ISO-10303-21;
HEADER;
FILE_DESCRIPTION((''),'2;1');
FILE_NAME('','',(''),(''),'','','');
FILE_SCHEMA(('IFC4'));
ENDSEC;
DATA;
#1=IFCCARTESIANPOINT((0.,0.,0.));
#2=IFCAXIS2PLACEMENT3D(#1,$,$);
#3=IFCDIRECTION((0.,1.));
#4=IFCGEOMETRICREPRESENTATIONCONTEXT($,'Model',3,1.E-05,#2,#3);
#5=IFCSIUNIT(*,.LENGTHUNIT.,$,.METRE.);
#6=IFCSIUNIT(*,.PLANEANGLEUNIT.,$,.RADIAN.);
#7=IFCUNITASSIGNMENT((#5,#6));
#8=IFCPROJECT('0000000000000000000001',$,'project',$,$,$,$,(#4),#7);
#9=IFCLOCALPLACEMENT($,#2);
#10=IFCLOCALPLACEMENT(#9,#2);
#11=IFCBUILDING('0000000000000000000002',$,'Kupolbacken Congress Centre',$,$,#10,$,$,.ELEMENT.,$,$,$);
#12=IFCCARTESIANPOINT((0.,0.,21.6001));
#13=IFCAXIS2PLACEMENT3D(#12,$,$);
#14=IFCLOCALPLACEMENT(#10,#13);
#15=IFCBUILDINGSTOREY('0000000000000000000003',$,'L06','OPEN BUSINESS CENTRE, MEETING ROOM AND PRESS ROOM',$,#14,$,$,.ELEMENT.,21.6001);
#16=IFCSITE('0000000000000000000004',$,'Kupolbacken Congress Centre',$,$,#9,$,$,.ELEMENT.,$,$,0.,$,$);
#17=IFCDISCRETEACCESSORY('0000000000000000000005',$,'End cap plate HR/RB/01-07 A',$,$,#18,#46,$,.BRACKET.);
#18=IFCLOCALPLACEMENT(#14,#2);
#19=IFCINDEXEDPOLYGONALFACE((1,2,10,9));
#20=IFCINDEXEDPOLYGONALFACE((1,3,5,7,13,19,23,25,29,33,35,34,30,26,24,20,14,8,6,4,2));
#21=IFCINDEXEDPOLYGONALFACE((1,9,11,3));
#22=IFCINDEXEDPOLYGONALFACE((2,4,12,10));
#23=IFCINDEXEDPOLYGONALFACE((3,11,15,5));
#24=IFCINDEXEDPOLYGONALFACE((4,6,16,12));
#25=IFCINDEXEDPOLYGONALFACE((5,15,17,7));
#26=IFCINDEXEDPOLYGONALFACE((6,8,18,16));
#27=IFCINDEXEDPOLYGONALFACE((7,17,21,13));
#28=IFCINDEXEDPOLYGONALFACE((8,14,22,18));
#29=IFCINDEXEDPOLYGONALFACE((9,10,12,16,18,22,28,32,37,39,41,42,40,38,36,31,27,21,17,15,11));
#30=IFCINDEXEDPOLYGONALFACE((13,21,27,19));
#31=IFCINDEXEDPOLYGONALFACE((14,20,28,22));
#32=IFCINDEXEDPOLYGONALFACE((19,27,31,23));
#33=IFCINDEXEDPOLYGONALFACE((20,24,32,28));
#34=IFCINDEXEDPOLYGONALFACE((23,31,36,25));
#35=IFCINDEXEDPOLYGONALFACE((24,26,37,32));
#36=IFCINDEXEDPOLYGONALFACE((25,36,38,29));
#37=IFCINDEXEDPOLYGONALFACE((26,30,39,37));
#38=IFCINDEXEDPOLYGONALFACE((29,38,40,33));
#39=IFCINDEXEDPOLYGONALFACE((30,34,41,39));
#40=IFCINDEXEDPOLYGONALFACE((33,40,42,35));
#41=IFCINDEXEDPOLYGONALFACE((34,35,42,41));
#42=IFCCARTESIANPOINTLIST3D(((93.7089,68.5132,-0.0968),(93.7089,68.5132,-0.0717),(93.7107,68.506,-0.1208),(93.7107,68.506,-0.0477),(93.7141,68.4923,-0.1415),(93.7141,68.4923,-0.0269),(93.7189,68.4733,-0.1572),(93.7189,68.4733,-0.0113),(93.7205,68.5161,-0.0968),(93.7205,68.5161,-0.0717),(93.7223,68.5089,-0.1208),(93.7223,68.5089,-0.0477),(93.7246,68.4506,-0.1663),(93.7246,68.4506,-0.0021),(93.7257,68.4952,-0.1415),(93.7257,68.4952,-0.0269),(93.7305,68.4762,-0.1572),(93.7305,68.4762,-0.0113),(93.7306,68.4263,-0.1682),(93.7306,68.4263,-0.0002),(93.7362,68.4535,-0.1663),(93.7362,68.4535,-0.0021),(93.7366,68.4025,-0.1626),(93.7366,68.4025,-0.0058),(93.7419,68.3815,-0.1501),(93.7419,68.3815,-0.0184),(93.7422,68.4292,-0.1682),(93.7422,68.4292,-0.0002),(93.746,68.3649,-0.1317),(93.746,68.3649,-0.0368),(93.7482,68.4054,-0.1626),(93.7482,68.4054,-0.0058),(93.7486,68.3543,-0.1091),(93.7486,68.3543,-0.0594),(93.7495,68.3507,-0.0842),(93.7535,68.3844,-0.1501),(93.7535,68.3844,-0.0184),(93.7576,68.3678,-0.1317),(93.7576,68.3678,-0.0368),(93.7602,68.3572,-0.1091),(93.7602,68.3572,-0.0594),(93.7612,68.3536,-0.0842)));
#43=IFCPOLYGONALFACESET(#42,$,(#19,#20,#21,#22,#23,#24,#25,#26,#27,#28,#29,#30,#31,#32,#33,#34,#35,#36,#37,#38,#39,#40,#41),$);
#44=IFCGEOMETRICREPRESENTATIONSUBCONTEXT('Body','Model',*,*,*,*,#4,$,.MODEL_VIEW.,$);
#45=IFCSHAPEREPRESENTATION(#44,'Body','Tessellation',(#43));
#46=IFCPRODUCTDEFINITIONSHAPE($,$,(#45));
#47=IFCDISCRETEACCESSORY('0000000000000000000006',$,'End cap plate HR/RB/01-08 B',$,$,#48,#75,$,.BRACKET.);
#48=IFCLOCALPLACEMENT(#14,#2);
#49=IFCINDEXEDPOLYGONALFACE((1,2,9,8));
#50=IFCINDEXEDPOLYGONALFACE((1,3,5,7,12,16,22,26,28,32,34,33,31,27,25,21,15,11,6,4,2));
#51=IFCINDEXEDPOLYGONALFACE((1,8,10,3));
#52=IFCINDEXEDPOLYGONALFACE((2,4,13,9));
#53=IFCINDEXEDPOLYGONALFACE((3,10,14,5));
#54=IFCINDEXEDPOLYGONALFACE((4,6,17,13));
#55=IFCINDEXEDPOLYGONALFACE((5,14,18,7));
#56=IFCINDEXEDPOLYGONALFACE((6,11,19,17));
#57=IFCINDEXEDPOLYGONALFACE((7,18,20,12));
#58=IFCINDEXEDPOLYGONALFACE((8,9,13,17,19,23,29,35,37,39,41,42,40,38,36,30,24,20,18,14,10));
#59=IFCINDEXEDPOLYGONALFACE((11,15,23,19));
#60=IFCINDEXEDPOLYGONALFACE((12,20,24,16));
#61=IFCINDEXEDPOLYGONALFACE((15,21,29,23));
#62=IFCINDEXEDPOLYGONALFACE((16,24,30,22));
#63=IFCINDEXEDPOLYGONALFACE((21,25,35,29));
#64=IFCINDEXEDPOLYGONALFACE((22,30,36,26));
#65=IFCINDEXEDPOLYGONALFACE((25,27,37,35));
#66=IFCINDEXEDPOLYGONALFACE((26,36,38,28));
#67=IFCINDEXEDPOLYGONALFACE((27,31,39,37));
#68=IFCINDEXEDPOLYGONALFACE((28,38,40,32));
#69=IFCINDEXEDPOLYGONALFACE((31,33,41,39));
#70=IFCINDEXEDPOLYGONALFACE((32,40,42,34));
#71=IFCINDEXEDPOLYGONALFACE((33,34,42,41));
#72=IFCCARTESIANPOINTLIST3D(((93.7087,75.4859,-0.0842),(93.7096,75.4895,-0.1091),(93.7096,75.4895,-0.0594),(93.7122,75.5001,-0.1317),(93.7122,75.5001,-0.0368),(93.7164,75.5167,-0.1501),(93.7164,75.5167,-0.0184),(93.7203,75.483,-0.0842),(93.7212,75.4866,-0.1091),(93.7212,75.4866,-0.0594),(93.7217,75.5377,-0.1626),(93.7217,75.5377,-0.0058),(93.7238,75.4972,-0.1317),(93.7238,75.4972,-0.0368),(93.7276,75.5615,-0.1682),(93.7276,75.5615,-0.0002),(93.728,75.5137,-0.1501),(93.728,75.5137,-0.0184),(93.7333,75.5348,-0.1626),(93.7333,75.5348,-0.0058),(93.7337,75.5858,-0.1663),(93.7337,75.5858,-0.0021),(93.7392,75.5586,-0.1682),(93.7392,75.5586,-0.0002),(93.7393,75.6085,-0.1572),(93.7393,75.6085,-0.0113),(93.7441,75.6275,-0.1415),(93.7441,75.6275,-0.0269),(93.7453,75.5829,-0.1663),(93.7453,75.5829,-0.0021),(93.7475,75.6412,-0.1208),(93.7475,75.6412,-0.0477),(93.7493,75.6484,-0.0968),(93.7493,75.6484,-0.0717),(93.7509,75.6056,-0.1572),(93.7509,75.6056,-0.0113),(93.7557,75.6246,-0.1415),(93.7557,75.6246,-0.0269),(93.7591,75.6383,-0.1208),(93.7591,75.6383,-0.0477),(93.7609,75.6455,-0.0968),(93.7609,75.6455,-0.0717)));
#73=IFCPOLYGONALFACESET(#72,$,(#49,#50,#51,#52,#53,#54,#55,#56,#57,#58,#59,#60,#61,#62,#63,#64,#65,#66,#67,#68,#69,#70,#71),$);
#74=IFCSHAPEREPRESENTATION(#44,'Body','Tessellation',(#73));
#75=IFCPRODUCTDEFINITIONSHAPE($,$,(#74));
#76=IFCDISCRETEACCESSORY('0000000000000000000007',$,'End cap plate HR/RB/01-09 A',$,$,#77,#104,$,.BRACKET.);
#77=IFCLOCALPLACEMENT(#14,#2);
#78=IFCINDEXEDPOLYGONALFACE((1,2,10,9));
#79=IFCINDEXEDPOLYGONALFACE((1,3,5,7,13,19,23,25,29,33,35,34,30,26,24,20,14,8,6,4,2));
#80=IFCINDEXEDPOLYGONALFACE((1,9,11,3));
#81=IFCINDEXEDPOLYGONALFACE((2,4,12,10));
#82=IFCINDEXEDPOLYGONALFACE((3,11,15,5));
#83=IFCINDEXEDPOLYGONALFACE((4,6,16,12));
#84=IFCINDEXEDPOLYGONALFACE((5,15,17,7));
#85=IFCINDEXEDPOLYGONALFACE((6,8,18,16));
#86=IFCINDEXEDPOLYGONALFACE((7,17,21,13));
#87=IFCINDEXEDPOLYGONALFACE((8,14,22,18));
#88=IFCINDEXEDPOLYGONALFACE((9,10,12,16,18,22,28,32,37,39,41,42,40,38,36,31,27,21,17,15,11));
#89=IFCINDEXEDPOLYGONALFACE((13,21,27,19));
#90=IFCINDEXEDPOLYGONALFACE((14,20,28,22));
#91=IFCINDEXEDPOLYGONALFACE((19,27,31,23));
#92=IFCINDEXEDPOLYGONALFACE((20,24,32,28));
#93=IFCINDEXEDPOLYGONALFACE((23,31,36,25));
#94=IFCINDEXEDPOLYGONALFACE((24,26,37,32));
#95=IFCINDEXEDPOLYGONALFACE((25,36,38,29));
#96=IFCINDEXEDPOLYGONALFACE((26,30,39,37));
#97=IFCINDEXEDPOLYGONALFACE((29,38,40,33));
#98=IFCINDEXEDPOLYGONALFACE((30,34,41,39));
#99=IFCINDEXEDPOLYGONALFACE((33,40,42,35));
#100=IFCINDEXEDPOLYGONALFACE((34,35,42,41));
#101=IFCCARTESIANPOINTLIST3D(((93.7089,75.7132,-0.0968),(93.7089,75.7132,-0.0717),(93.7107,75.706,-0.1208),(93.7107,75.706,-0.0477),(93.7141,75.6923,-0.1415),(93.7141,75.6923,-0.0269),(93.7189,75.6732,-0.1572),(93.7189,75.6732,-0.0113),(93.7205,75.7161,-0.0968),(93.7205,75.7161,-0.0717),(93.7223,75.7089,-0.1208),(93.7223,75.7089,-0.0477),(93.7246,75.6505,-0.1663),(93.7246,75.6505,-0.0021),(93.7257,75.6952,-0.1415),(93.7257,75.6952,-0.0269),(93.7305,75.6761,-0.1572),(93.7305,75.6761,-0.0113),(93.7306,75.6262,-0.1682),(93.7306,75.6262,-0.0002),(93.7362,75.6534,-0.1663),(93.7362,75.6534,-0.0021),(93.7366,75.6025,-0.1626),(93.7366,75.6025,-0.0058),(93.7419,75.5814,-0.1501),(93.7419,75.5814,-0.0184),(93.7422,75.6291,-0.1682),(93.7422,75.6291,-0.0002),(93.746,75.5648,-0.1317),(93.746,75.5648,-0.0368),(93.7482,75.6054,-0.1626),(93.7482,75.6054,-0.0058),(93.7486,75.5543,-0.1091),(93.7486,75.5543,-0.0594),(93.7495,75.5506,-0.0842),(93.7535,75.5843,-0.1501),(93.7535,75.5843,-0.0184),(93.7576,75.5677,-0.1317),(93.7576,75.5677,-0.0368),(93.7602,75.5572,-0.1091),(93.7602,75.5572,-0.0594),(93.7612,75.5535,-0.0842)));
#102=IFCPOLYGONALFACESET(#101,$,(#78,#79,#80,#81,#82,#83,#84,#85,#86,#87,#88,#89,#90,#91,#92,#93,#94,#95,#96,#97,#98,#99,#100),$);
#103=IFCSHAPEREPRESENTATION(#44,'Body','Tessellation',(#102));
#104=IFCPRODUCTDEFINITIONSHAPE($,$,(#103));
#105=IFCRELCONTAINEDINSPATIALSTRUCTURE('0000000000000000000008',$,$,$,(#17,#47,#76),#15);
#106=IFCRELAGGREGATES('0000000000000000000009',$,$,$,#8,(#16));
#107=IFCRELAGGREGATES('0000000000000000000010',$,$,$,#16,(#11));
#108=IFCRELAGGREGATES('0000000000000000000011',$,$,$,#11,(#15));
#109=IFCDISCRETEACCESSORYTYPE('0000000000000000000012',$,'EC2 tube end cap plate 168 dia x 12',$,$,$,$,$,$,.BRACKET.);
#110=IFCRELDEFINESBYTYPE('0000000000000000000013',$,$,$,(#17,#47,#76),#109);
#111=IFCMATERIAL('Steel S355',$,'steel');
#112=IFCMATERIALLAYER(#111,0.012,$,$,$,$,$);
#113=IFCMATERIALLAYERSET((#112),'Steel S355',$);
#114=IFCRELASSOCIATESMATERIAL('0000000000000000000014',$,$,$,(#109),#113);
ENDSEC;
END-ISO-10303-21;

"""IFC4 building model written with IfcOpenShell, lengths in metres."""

from ifc_helpers import new_model, si_unit, direction, frame, origin, origin_2d, place, context, subcontext, project, spatial, circle, extrude, material, layer, layer_set, type_object, element, save


model = new_model("IFC4")

# Units and contexts
model_context = context("Model", 3, precision=1e-05, world=origin(), true_north=direction((0.0, 1.0)))
body_context = subcontext(model_context, "Body", "Model", "MODEL_VIEW")
ifc_project = project(units=[si_unit("LENGTHUNIT", "METRE"), si_unit("PLANEANGLEUNIT", "RADIAN")], contexts=[model_context])

# Site, building, storey
site_placement = place(None, origin())
site = spatial("IfcSite", under=ifc_project, at=site_placement, Name="Kupolbacken Congress Centre", CompositionType="ELEMENT", RefElevation=0.0)
building_placement = place(site_placement, origin())
building = spatial("IfcBuilding", under=site, at=building_placement, Name="Kupolbacken Congress Centre", CompositionType="ELEMENT")
storey_placement = place(building_placement, frame((0.0, 0.0, 21.6001)))
storey = spatial("IfcBuildingStorey", under=building, at=storey_placement, Name="L06", Description="OPEN BUSINESS CENTRE, MEETING ROOM AND PRESS ROOM", CompositionType="ELEMENT", Elevation=21.6001)

# Discrete accessories
ifc_material_1 = material(Name="Steel S355", Category="steel")
ifc_layer_1 = layer(ifc_material_1, 0.012)
ifc_layer_set_1 = layer_set([ifc_layer_1], Name="Steel S355")
discrete_accessory_type = type_object("IfcDiscreteAccessoryType", Name="EC2 tube end cap plate 168 dia x 12", PredefinedType="BRACKET", material=ifc_layer_set_1)
for number, where, z_axis, x_axis, name in (
    (1, (93.7407, 68.4353, -0.0842), (-0.970143, -0.242536, 0.0), (0.242536, -0.970143, 0.0), "End cap plate HR/RB/01-07 A"),
    (2, (93.7407, 75.5647, -0.0842), (-0.970143, 0.242536, 0.0), (-0.242536, -0.970143, 0.0), "End cap plate HR/RB/01-08 B"),
    (3, (93.7407, 75.6353, -0.0842), (-0.970143, -0.242536, 0.0), (0.242536, -0.970143, 0.0), "End cap plate HR/RB/01-09 A"),
):
    element("IfcDiscreteAccessory", number, at=place(storey_placement, frame(where, z_axis=z_axis, x_axis=x_axis)), inside=storey, type_object=discrete_accessory_type, Name=name, PredefinedType="BRACKET", context=body_context, shape_type="SweptSolid", body=[
        extrude(circle(Radius=0.0842, at=origin_2d()), origin(), (0.0, 0.0, 1.0), 0.012),
    ])

save(model, "model.ifc")
